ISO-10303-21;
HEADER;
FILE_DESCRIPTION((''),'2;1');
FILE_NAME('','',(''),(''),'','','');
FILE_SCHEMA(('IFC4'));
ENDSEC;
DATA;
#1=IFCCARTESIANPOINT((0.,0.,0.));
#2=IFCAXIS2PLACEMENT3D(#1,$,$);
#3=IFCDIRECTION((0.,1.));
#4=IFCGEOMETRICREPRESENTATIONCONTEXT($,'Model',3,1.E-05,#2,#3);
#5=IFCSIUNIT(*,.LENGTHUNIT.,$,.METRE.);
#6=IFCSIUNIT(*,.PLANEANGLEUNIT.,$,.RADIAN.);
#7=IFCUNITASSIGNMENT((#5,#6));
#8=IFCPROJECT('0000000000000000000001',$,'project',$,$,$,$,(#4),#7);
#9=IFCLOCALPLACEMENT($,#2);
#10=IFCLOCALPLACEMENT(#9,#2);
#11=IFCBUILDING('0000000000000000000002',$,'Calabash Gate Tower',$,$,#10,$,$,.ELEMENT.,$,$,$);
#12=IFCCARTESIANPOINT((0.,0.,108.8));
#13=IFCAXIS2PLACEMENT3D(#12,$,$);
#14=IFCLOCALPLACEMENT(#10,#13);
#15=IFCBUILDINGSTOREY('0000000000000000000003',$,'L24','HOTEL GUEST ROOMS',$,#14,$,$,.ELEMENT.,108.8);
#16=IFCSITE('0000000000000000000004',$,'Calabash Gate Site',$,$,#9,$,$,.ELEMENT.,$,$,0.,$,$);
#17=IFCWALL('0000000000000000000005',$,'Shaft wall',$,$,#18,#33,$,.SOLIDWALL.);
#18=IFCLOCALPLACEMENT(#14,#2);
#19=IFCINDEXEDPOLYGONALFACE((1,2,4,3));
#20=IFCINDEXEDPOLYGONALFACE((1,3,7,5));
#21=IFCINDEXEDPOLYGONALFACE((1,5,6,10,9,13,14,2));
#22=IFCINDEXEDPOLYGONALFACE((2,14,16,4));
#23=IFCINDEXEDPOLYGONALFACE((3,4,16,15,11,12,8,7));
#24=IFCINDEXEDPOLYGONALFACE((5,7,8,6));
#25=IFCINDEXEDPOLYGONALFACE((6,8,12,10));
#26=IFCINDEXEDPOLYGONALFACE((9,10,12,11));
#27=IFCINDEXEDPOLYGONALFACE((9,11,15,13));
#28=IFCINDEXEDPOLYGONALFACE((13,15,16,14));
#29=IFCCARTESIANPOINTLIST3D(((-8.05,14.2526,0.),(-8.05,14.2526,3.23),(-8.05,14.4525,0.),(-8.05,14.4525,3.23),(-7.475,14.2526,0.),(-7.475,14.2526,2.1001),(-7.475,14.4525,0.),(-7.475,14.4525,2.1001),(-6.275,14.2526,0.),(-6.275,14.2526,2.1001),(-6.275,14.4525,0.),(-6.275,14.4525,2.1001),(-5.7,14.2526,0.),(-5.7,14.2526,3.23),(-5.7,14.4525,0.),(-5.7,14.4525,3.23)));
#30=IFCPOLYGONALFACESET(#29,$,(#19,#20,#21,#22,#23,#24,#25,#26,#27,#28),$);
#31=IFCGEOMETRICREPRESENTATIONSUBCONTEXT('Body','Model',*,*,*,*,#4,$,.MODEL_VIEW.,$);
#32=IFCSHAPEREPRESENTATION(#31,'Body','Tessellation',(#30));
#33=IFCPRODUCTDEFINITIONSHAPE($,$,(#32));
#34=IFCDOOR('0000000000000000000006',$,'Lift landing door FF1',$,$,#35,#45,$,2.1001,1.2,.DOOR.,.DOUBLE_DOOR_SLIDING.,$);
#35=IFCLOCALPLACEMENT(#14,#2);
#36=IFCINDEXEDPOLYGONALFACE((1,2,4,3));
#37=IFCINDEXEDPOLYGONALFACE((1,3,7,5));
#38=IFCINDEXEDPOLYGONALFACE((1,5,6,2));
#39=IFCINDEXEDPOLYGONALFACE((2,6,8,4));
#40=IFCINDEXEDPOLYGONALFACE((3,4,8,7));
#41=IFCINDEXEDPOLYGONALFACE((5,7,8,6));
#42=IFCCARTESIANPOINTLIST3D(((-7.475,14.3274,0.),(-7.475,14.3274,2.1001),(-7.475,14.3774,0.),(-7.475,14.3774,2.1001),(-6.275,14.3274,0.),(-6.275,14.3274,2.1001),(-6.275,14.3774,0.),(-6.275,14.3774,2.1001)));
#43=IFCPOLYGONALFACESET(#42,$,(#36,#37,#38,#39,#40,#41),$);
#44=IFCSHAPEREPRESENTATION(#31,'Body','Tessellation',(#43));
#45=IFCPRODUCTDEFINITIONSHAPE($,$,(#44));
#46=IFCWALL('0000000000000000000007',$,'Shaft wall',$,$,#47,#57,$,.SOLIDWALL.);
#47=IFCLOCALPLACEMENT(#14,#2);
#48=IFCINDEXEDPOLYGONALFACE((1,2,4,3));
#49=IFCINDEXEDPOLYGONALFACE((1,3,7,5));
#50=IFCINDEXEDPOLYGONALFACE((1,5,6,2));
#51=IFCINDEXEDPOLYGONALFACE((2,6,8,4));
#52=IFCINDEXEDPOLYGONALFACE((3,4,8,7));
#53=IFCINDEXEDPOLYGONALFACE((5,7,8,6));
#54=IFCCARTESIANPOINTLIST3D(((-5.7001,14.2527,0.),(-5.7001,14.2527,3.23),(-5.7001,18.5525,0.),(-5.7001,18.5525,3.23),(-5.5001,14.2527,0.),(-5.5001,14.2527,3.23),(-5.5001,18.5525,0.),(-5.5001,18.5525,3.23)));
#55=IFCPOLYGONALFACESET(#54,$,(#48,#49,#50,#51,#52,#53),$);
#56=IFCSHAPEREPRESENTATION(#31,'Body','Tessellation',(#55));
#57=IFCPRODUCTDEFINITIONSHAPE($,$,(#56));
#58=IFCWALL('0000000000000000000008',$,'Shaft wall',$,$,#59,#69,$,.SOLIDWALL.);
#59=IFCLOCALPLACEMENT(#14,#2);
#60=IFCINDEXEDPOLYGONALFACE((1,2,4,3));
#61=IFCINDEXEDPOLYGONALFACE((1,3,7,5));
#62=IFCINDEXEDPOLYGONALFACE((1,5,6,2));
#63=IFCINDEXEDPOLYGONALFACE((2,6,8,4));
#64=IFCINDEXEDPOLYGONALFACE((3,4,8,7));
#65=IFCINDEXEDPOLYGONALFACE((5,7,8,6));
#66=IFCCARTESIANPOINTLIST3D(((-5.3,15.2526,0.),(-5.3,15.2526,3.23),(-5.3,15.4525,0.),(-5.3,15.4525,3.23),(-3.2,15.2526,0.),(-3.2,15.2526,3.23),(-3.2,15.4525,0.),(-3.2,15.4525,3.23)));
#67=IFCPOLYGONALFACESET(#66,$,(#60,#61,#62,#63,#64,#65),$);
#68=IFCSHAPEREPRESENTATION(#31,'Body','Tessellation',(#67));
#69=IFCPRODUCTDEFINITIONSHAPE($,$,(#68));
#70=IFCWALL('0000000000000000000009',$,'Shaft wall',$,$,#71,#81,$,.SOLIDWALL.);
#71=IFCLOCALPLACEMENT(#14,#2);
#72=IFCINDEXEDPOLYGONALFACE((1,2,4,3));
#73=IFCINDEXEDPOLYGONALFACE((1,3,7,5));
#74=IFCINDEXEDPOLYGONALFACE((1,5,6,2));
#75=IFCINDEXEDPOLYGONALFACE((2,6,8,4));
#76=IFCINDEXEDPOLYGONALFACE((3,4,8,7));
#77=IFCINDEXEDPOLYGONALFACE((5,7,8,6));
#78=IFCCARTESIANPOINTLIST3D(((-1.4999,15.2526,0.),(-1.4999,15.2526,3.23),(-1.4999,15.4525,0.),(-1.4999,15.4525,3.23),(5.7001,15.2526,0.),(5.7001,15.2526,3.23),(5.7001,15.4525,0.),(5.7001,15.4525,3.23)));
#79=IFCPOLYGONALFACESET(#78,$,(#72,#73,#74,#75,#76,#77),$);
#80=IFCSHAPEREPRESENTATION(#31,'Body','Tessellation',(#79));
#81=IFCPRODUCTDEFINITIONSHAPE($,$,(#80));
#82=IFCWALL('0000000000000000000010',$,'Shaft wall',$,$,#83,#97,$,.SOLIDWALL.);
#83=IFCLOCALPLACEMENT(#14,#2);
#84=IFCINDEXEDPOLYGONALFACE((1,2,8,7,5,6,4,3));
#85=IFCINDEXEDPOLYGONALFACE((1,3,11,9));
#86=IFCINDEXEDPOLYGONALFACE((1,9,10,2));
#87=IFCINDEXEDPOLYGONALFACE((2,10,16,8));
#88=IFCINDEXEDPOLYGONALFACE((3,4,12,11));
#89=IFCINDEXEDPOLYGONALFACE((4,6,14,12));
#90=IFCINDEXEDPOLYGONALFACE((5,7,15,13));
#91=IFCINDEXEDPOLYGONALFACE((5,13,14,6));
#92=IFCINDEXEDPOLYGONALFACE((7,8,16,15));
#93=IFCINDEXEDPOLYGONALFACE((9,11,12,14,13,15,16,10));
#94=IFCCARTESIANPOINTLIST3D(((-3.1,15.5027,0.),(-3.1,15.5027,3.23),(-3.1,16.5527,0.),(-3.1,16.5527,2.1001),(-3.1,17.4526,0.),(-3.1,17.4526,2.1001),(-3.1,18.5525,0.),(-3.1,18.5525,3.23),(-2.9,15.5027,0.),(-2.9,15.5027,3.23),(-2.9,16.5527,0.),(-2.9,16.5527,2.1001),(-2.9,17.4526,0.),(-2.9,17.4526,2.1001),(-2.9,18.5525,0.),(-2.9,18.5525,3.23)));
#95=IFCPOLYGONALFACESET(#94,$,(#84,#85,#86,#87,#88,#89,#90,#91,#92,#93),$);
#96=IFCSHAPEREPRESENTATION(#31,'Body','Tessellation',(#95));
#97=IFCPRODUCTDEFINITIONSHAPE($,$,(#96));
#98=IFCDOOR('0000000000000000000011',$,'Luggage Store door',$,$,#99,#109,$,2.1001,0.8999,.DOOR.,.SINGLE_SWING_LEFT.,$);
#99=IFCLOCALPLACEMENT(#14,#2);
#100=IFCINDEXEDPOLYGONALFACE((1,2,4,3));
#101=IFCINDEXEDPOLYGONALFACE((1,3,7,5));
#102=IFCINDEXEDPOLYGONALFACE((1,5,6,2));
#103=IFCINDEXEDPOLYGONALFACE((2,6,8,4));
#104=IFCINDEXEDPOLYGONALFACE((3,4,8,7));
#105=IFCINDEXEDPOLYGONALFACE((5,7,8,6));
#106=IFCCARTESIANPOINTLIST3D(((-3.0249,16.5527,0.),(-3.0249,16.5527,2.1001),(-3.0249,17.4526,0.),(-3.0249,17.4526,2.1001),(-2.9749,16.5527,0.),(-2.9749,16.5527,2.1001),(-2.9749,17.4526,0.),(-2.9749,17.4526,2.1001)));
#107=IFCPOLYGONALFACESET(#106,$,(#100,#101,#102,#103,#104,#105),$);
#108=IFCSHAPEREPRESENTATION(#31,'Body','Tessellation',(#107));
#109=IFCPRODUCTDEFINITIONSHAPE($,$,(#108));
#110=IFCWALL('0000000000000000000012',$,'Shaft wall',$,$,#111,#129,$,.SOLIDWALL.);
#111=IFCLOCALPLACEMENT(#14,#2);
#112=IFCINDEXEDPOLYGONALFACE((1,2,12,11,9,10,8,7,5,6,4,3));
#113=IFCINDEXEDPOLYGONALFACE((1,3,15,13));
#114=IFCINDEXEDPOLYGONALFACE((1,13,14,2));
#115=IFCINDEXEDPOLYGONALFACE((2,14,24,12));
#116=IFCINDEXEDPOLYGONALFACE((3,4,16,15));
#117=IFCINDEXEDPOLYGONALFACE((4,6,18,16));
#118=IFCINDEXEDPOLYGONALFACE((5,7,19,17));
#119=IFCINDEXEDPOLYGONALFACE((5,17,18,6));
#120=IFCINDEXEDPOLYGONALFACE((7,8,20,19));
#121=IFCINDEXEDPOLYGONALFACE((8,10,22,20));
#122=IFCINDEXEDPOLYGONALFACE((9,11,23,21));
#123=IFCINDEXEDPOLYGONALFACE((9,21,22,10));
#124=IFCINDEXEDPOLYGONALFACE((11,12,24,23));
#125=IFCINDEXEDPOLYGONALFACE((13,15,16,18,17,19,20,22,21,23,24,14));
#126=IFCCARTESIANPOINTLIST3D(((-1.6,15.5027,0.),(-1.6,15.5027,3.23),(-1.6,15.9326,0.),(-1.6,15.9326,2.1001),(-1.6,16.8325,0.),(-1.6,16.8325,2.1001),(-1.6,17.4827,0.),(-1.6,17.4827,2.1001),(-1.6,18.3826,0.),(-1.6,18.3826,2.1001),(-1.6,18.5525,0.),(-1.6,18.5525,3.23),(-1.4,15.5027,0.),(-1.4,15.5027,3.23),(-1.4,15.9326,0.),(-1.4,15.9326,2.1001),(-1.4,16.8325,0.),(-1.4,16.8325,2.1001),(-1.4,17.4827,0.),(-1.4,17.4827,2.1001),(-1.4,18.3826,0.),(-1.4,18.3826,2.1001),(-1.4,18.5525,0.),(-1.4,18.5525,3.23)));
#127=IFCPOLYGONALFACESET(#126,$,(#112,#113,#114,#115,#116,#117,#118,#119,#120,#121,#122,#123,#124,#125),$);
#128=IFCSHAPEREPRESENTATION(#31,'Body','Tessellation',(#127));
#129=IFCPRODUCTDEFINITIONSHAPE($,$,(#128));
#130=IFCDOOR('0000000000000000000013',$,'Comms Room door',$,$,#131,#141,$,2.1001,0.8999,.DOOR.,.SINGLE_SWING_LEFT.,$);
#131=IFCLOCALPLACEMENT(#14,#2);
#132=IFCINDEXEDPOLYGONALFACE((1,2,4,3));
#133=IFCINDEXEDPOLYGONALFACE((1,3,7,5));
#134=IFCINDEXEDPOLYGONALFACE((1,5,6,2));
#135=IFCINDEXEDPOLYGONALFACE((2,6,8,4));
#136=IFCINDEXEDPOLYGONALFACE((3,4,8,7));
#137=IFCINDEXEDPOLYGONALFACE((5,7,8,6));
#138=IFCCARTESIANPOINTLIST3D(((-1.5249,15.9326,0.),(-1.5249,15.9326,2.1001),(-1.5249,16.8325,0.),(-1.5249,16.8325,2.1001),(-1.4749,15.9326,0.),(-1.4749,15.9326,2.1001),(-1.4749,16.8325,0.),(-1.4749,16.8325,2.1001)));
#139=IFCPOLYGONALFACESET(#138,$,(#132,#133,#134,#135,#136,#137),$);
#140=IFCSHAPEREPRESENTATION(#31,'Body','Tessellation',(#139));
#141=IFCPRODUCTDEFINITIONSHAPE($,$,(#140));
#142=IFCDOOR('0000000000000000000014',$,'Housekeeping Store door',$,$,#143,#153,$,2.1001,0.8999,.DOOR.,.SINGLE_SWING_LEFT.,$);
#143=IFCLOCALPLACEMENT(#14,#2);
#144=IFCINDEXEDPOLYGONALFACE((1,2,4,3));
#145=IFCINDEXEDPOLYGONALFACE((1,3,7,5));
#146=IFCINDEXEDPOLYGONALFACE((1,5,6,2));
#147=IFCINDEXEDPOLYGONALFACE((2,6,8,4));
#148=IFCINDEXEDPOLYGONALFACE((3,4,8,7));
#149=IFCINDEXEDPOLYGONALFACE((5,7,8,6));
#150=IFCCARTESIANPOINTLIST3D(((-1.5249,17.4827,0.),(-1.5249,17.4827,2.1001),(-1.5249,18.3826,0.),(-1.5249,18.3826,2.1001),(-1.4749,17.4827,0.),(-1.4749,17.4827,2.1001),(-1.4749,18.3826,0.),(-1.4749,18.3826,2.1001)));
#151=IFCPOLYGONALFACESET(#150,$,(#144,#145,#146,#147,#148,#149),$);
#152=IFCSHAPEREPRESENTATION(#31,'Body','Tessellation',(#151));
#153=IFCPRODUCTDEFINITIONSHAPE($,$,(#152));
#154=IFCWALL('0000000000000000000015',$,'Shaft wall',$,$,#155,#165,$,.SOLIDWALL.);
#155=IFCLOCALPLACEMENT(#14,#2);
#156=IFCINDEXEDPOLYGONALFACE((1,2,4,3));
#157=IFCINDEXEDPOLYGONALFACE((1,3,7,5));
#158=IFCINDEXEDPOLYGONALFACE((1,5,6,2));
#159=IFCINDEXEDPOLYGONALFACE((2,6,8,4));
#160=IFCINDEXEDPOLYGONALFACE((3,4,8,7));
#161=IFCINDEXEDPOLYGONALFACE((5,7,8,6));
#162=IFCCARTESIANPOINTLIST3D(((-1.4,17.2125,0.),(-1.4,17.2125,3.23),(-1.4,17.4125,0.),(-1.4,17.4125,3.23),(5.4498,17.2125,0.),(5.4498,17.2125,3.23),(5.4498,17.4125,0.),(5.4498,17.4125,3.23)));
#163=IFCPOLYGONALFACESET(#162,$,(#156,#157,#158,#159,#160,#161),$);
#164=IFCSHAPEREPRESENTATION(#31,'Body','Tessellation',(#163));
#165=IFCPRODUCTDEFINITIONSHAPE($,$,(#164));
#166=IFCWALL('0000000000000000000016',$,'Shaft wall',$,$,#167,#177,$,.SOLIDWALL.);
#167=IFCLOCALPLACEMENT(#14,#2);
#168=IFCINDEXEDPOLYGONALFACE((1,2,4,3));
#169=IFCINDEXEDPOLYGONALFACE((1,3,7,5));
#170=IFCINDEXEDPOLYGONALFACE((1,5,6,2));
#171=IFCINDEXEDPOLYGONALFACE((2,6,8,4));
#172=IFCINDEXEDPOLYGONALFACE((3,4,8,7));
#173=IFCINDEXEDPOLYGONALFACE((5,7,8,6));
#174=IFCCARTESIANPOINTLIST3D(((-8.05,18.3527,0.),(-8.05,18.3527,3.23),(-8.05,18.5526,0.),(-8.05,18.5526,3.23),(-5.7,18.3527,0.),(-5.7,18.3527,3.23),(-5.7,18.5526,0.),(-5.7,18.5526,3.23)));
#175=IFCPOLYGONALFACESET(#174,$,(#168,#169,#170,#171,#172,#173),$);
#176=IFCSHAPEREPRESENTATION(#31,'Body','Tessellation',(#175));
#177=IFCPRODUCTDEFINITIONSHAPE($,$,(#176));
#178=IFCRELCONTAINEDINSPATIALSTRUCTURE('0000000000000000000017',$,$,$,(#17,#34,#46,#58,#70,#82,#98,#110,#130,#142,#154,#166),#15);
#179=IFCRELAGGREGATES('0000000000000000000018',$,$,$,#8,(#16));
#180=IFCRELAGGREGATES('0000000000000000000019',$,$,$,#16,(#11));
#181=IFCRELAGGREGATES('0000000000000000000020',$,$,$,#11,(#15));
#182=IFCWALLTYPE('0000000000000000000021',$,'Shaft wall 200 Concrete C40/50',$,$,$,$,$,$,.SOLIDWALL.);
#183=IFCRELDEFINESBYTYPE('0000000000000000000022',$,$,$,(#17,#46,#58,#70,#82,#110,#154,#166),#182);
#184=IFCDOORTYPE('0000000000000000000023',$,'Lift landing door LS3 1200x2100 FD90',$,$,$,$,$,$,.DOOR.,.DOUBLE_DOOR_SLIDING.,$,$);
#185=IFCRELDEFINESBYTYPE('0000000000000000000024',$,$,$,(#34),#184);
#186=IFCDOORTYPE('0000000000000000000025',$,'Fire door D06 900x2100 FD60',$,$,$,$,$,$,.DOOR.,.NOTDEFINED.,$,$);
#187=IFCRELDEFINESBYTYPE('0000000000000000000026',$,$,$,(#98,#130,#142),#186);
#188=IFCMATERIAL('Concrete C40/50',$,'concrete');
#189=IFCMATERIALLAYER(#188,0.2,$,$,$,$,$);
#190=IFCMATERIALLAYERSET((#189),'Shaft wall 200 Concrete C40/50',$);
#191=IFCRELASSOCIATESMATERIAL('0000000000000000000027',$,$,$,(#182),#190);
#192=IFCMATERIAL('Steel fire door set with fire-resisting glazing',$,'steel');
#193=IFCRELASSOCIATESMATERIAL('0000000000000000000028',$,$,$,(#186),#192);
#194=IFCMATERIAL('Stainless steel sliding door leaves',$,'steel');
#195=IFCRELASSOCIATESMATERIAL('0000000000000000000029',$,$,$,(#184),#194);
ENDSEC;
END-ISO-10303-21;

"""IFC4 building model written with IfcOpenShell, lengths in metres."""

from ifc_helpers import new_model, si_unit, direction, frame, frame_2d, origin, place, context, subcontext, project, spatial, rectangle, extrude, material, layer, layer_set, type_object, element, fill, save


model = new_model("IFC4")

# Units and contexts
model_context = context("Model", 3, precision=1e-05, world=origin(), true_north=direction((0.0, 1.0)))
body_context = subcontext(model_context, "Body", "Model", "MODEL_VIEW")
ifc_project = project(units=[si_unit("LENGTHUNIT", "METRE"), si_unit("PLANEANGLEUNIT", "RADIAN")], contexts=[model_context])

# Site, building, storey
site_placement = place(None, origin())
site = spatial("IfcSite", under=ifc_project, at=site_placement, Name="Calabash Gate Site", CompositionType="ELEMENT", RefElevation=0.0)
building_placement = place(site_placement, origin())
building = spatial("IfcBuilding", under=site, at=building_placement, Name="Calabash Gate Tower", CompositionType="ELEMENT")
storey_placement = place(building_placement, frame((0.0, 0.0, 108.8)))
storey = spatial("IfcBuildingStorey", under=building, at=storey_placement, Name="L24", Description="HOTEL GUEST ROOMS", CompositionType="ELEMENT", Elevation=108.8)

# Shared definitions
ifc_material_1 = material(Name="Concrete C40/50", Category="concrete")
ifc_layer_1 = layer(ifc_material_1, 0.2)
ifc_layer_set_1 = layer_set([ifc_layer_1], Name="Shaft wall 200 Concrete C40/50")
wall_type_1 = type_object("IfcWallType", Name="Shaft wall 200 Concrete C40/50", PredefinedType="SOLIDWALL", material=ifc_layer_set_1)
ifc_material_2 = material(Name="Steel fire door set with fire-resisting glazing", Category="steel")
door_type_1 = type_object("IfcDoorType", Name="Fire door D06 900x2100 FD60", OperationType="NOTDEFINED", PredefinedType="DOOR", material=ifc_material_2)

# Wall, opening, door
wall_1_placement = place(storey_placement, frame((-8.05, 14.3525, 0.0), z_axis=(0.0, 0.0, 1.0), x_axis=(1.0, 0.0, 0.0)))
wall_1 = element("IfcWall", 1, at=wall_1_placement, inside=storey, type_object=wall_type_1, Name="Shaft wall", PredefinedType="SOLIDWALL", context=body_context, shape_type="SweptSolid", body=[
    extrude(rectangle(XDim=2.3501, YDim=0.2, at=frame_2d((1.175, 0.0))), origin(), (0.0, 0.0, 1.0), 3.23),
])
opening_1_placement = place(wall_1_placement, frame((0.575, 0.0, 0.0)))
opening_1 = element("IfcOpeningElement", 2, at=opening_1_placement, cuts=wall_1, PredefinedType="OPENING", context=body_context, shape_type="SweptSolid", body=[
    extrude(rectangle(XDim=1.2, YDim=2.1001, at=frame_2d((0.6001, 1.05))), frame((0.0, 0.1099, 0.0), z_axis=(0.0, -1.0, 0.0), x_axis=(1.0, 0.0, 0.0)), (0.0, 0.0, 1.0), 0.22),
])
ifc_material_3 = material(Name="Stainless steel sliding door leaves", Category="steel")
door_type_2 = type_object("IfcDoorType", Name="Lift landing door LS3 1200x2100 FD90", OperationType="DOUBLE_DOOR_SLIDING", PredefinedType="DOOR", material=ifc_material_3)
door_1_placement = place(opening_1_placement, origin())
door_1 = element("IfcDoor", 3, at=door_1_placement, inside=storey, type_object=door_type_2, Name="Lift landing door FF1", OperationType="DOUBLE_DOOR_SLIDING", OverallHeight=2.1001, OverallWidth=1.2, PredefinedType="DOOR", context=body_context, shape_type="SweptSolid", body=[
    extrude(rectangle(XDim=1.2, YDim=2.1001, at=frame_2d((0.6001, 1.05))), frame((0.0, 0.0249, 0.0), z_axis=(0.0, -1.0, 0.0), x_axis=(1.0, 0.0, 0.0)), (0.0, 0.0, 1.0), 0.05),
])
fill(opening_1, door_1)

# Walls
wall_2_placement = place(storey_placement, frame((-5.6001, 14.2527, 0.0), z_axis=(0.0, 0.0, 1.0), x_axis=(0.0, 1.0, 0.0)))
element("IfcWall", 4, at=wall_2_placement, inside=storey, type_object=wall_type_1, Name="Shaft wall", PredefinedType="SOLIDWALL", context=body_context, shape_type="SweptSolid", body=[
    extrude(rectangle(XDim=4.2998, YDim=0.2, at=frame_2d((2.1499, 0.0))), origin(), (0.0, 0.0, 1.0), 3.23),
])
wall_3_placement = place(storey_placement, frame((-5.3, 15.3525, 0.0), z_axis=(0.0, 0.0, 1.0), x_axis=(1.0, 0.0, 0.0)))
element("IfcWall", 5, at=wall_3_placement, inside=storey, type_object=wall_type_1, Name="Shaft wall", PredefinedType="SOLIDWALL", context=body_context, shape_type="SweptSolid", body=[
    extrude(rectangle(XDim=2.1001, YDim=0.2, at=frame_2d((1.05, 0.0))), origin(), (0.0, 0.0, 1.0), 3.23),
])
wall_4_placement = place(storey_placement, frame((-1.5, 15.3525, 0.0), z_axis=(0.0, 0.0, 1.0), x_axis=(1.0, 0.0, 0.0)))
element("IfcWall", 6, at=wall_4_placement, inside=storey, type_object=wall_type_1, Name="Shaft wall", PredefinedType="SOLIDWALL", context=body_context, shape_type="SweptSolid", body=[
    extrude(rectangle(XDim=7.2, YDim=0.2, at=frame_2d((3.6001, 0.0))), origin(), (0.0, 0.0, 1.0), 3.23),
])

# Wall, opening, door
wall_5_placement = place(storey_placement, frame((-3.0, 15.5027, 0.0), z_axis=(0.0, 0.0, 1.0), x_axis=(0.0, 1.0, 0.0)))
wall_5 = element("IfcWall", 7, at=wall_5_placement, inside=storey, type_object=wall_type_1, Name="Shaft wall", PredefinedType="SOLIDWALL", context=body_context, shape_type="SweptSolid", body=[
    extrude(rectangle(XDim=3.0498, YDim=0.2, at=frame_2d((1.5249, 0.0))), origin(), (0.0, 0.0, 1.0), 3.23),
])
opening_2_placement = place(wall_5_placement, frame((1.05, 0.0, 0.0)))
opening_2 = element("IfcOpeningElement", 8, at=opening_2_placement, cuts=wall_5, PredefinedType="OPENING", context=body_context, shape_type="SweptSolid", body=[
    extrude(rectangle(XDim=0.8999, YDim=2.1001, at=frame_2d((0.45, 1.05))), frame((0.0, 0.1099, 0.0), z_axis=(0.0, -1.0, 0.0), x_axis=(1.0, 0.0, 0.0)), (0.0, 0.0, 1.0), 0.22),
])
door_2_placement = place(opening_2_placement, origin())
door_2 = element("IfcDoor", 9, at=door_2_placement, inside=storey, type_object=door_type_1, Name="Luggage Store door", OperationType="SINGLE_SWING_LEFT", OverallHeight=2.1001, OverallWidth=0.8999, PredefinedType="DOOR", context=body_context, shape_type="SweptSolid", body=[
    extrude(rectangle(XDim=0.8999, YDim=2.1001, at=frame_2d((0.45, 1.05))), frame((0.0, 0.0249, 0.0), z_axis=(0.0, -1.0, 0.0), x_axis=(1.0, 0.0, 0.0)), (0.0, 0.0, 1.0), 0.05),
])
fill(opening_2, door_2)

# Wall, openings, doors
wall_6_placement = place(storey_placement, frame((-1.5, 15.5027, 0.0), z_axis=(0.0, 0.0, 1.0), x_axis=(0.0, 1.0, 0.0)))
wall_6 = element("IfcWall", 10, at=wall_6_placement, inside=storey, type_object=wall_type_1, Name="Shaft wall", PredefinedType="SOLIDWALL", context=body_context, shape_type="SweptSolid", body=[
    extrude(rectangle(XDim=3.0498, YDim=0.2, at=frame_2d((1.5249, 0.0))), origin(), (0.0, 0.0, 1.0), 3.23),
])
opening_3_placement = place(wall_6_placement, frame((0.4299, 0.0, 0.0)))
opening_3 = element("IfcOpeningElement", 11, at=opening_3_placement, cuts=wall_6, PredefinedType="OPENING", context=body_context, shape_type="SweptSolid", body=[
    extrude(rectangle(XDim=0.8999, YDim=2.1001, at=frame_2d((0.45, 1.05))), frame((0.0, 0.1099, 0.0), z_axis=(0.0, -1.0, 0.0), x_axis=(1.0, 0.0, 0.0)), (0.0, 0.0, 1.0), 0.22),
])
opening_4_placement = place(wall_6_placement, frame((1.98, 0.0, 0.0)))
opening_4 = element("IfcOpeningElement", 12, at=opening_4_placement, cuts=wall_6, PredefinedType="OPENING", context=body_context, shape_type="SweptSolid", body=[
    extrude(rectangle(XDim=0.8999, YDim=2.1001, at=frame_2d((0.45, 1.05))), frame((0.0, 0.1099, 0.0), z_axis=(0.0, -1.0, 0.0), x_axis=(1.0, 0.0, 0.0)), (0.0, 0.0, 1.0), 0.22),
])
door_3_placement = place(opening_3_placement, origin())
door_3 = element("IfcDoor", 13, at=door_3_placement, inside=storey, type_object=door_type_1, Name="Comms Room door", OperationType="SINGLE_SWING_LEFT", OverallHeight=2.1001, OverallWidth=0.8999, PredefinedType="DOOR", context=body_context, shape_type="SweptSolid", body=[
    extrude(rectangle(XDim=0.8999, YDim=2.1001, at=frame_2d((0.45, 1.05))), frame((0.0, 0.0249, 0.0), z_axis=(0.0, -1.0, 0.0), x_axis=(1.0, 0.0, 0.0)), (0.0, 0.0, 1.0), 0.05),
])
fill(opening_3, door_3)
door_4_placement = place(opening_4_placement, origin())
door_4 = element("IfcDoor", 14, at=door_4_placement, inside=storey, type_object=door_type_1, Name="Housekeeping Store door", OperationType="SINGLE_SWING_LEFT", OverallHeight=2.1001, OverallWidth=0.8999, PredefinedType="DOOR", context=body_context, shape_type="SweptSolid", body=[
    extrude(rectangle(XDim=0.8999, YDim=2.1001, at=frame_2d((0.45, 1.05))), frame((0.0, 0.0249, 0.0), z_axis=(0.0, -1.0, 0.0), x_axis=(1.0, 0.0, 0.0)), (0.0, 0.0, 1.0), 0.05),
])
fill(opening_4, door_4)

# Walls
wall_7_placement = place(storey_placement, frame((-1.3999, 17.3125, 0.0), z_axis=(0.0, 0.0, 1.0), x_axis=(1.0, 0.0, 0.0)))
element("IfcWall", 15, at=wall_7_placement, inside=storey, type_object=wall_type_1, Name="Shaft wall", PredefinedType="SOLIDWALL", context=body_context, shape_type="SweptSolid", body=[
    extrude(rectangle(XDim=6.8499, YDim=0.2, at=frame_2d((3.4248, 0.0))), origin(), (0.0, 0.0, 1.0), 3.23),
])
wall_8_placement = place(storey_placement, frame((-8.05, 18.4526, 0.0), z_axis=(0.0, 0.0, 1.0), x_axis=(1.0, 0.0, 0.0)))
element("IfcWall", 16, at=wall_8_placement, inside=storey, type_object=wall_type_1, Name="Shaft wall", PredefinedType="SOLIDWALL", context=body_context, shape_type="SweptSolid", body=[
    extrude(rectangle(XDim=2.3501, YDim=0.2, at=frame_2d((1.175, 0.0))), origin(), (0.0, 0.0, 1.0), 3.23),
])

save(model, "model.ifc")
